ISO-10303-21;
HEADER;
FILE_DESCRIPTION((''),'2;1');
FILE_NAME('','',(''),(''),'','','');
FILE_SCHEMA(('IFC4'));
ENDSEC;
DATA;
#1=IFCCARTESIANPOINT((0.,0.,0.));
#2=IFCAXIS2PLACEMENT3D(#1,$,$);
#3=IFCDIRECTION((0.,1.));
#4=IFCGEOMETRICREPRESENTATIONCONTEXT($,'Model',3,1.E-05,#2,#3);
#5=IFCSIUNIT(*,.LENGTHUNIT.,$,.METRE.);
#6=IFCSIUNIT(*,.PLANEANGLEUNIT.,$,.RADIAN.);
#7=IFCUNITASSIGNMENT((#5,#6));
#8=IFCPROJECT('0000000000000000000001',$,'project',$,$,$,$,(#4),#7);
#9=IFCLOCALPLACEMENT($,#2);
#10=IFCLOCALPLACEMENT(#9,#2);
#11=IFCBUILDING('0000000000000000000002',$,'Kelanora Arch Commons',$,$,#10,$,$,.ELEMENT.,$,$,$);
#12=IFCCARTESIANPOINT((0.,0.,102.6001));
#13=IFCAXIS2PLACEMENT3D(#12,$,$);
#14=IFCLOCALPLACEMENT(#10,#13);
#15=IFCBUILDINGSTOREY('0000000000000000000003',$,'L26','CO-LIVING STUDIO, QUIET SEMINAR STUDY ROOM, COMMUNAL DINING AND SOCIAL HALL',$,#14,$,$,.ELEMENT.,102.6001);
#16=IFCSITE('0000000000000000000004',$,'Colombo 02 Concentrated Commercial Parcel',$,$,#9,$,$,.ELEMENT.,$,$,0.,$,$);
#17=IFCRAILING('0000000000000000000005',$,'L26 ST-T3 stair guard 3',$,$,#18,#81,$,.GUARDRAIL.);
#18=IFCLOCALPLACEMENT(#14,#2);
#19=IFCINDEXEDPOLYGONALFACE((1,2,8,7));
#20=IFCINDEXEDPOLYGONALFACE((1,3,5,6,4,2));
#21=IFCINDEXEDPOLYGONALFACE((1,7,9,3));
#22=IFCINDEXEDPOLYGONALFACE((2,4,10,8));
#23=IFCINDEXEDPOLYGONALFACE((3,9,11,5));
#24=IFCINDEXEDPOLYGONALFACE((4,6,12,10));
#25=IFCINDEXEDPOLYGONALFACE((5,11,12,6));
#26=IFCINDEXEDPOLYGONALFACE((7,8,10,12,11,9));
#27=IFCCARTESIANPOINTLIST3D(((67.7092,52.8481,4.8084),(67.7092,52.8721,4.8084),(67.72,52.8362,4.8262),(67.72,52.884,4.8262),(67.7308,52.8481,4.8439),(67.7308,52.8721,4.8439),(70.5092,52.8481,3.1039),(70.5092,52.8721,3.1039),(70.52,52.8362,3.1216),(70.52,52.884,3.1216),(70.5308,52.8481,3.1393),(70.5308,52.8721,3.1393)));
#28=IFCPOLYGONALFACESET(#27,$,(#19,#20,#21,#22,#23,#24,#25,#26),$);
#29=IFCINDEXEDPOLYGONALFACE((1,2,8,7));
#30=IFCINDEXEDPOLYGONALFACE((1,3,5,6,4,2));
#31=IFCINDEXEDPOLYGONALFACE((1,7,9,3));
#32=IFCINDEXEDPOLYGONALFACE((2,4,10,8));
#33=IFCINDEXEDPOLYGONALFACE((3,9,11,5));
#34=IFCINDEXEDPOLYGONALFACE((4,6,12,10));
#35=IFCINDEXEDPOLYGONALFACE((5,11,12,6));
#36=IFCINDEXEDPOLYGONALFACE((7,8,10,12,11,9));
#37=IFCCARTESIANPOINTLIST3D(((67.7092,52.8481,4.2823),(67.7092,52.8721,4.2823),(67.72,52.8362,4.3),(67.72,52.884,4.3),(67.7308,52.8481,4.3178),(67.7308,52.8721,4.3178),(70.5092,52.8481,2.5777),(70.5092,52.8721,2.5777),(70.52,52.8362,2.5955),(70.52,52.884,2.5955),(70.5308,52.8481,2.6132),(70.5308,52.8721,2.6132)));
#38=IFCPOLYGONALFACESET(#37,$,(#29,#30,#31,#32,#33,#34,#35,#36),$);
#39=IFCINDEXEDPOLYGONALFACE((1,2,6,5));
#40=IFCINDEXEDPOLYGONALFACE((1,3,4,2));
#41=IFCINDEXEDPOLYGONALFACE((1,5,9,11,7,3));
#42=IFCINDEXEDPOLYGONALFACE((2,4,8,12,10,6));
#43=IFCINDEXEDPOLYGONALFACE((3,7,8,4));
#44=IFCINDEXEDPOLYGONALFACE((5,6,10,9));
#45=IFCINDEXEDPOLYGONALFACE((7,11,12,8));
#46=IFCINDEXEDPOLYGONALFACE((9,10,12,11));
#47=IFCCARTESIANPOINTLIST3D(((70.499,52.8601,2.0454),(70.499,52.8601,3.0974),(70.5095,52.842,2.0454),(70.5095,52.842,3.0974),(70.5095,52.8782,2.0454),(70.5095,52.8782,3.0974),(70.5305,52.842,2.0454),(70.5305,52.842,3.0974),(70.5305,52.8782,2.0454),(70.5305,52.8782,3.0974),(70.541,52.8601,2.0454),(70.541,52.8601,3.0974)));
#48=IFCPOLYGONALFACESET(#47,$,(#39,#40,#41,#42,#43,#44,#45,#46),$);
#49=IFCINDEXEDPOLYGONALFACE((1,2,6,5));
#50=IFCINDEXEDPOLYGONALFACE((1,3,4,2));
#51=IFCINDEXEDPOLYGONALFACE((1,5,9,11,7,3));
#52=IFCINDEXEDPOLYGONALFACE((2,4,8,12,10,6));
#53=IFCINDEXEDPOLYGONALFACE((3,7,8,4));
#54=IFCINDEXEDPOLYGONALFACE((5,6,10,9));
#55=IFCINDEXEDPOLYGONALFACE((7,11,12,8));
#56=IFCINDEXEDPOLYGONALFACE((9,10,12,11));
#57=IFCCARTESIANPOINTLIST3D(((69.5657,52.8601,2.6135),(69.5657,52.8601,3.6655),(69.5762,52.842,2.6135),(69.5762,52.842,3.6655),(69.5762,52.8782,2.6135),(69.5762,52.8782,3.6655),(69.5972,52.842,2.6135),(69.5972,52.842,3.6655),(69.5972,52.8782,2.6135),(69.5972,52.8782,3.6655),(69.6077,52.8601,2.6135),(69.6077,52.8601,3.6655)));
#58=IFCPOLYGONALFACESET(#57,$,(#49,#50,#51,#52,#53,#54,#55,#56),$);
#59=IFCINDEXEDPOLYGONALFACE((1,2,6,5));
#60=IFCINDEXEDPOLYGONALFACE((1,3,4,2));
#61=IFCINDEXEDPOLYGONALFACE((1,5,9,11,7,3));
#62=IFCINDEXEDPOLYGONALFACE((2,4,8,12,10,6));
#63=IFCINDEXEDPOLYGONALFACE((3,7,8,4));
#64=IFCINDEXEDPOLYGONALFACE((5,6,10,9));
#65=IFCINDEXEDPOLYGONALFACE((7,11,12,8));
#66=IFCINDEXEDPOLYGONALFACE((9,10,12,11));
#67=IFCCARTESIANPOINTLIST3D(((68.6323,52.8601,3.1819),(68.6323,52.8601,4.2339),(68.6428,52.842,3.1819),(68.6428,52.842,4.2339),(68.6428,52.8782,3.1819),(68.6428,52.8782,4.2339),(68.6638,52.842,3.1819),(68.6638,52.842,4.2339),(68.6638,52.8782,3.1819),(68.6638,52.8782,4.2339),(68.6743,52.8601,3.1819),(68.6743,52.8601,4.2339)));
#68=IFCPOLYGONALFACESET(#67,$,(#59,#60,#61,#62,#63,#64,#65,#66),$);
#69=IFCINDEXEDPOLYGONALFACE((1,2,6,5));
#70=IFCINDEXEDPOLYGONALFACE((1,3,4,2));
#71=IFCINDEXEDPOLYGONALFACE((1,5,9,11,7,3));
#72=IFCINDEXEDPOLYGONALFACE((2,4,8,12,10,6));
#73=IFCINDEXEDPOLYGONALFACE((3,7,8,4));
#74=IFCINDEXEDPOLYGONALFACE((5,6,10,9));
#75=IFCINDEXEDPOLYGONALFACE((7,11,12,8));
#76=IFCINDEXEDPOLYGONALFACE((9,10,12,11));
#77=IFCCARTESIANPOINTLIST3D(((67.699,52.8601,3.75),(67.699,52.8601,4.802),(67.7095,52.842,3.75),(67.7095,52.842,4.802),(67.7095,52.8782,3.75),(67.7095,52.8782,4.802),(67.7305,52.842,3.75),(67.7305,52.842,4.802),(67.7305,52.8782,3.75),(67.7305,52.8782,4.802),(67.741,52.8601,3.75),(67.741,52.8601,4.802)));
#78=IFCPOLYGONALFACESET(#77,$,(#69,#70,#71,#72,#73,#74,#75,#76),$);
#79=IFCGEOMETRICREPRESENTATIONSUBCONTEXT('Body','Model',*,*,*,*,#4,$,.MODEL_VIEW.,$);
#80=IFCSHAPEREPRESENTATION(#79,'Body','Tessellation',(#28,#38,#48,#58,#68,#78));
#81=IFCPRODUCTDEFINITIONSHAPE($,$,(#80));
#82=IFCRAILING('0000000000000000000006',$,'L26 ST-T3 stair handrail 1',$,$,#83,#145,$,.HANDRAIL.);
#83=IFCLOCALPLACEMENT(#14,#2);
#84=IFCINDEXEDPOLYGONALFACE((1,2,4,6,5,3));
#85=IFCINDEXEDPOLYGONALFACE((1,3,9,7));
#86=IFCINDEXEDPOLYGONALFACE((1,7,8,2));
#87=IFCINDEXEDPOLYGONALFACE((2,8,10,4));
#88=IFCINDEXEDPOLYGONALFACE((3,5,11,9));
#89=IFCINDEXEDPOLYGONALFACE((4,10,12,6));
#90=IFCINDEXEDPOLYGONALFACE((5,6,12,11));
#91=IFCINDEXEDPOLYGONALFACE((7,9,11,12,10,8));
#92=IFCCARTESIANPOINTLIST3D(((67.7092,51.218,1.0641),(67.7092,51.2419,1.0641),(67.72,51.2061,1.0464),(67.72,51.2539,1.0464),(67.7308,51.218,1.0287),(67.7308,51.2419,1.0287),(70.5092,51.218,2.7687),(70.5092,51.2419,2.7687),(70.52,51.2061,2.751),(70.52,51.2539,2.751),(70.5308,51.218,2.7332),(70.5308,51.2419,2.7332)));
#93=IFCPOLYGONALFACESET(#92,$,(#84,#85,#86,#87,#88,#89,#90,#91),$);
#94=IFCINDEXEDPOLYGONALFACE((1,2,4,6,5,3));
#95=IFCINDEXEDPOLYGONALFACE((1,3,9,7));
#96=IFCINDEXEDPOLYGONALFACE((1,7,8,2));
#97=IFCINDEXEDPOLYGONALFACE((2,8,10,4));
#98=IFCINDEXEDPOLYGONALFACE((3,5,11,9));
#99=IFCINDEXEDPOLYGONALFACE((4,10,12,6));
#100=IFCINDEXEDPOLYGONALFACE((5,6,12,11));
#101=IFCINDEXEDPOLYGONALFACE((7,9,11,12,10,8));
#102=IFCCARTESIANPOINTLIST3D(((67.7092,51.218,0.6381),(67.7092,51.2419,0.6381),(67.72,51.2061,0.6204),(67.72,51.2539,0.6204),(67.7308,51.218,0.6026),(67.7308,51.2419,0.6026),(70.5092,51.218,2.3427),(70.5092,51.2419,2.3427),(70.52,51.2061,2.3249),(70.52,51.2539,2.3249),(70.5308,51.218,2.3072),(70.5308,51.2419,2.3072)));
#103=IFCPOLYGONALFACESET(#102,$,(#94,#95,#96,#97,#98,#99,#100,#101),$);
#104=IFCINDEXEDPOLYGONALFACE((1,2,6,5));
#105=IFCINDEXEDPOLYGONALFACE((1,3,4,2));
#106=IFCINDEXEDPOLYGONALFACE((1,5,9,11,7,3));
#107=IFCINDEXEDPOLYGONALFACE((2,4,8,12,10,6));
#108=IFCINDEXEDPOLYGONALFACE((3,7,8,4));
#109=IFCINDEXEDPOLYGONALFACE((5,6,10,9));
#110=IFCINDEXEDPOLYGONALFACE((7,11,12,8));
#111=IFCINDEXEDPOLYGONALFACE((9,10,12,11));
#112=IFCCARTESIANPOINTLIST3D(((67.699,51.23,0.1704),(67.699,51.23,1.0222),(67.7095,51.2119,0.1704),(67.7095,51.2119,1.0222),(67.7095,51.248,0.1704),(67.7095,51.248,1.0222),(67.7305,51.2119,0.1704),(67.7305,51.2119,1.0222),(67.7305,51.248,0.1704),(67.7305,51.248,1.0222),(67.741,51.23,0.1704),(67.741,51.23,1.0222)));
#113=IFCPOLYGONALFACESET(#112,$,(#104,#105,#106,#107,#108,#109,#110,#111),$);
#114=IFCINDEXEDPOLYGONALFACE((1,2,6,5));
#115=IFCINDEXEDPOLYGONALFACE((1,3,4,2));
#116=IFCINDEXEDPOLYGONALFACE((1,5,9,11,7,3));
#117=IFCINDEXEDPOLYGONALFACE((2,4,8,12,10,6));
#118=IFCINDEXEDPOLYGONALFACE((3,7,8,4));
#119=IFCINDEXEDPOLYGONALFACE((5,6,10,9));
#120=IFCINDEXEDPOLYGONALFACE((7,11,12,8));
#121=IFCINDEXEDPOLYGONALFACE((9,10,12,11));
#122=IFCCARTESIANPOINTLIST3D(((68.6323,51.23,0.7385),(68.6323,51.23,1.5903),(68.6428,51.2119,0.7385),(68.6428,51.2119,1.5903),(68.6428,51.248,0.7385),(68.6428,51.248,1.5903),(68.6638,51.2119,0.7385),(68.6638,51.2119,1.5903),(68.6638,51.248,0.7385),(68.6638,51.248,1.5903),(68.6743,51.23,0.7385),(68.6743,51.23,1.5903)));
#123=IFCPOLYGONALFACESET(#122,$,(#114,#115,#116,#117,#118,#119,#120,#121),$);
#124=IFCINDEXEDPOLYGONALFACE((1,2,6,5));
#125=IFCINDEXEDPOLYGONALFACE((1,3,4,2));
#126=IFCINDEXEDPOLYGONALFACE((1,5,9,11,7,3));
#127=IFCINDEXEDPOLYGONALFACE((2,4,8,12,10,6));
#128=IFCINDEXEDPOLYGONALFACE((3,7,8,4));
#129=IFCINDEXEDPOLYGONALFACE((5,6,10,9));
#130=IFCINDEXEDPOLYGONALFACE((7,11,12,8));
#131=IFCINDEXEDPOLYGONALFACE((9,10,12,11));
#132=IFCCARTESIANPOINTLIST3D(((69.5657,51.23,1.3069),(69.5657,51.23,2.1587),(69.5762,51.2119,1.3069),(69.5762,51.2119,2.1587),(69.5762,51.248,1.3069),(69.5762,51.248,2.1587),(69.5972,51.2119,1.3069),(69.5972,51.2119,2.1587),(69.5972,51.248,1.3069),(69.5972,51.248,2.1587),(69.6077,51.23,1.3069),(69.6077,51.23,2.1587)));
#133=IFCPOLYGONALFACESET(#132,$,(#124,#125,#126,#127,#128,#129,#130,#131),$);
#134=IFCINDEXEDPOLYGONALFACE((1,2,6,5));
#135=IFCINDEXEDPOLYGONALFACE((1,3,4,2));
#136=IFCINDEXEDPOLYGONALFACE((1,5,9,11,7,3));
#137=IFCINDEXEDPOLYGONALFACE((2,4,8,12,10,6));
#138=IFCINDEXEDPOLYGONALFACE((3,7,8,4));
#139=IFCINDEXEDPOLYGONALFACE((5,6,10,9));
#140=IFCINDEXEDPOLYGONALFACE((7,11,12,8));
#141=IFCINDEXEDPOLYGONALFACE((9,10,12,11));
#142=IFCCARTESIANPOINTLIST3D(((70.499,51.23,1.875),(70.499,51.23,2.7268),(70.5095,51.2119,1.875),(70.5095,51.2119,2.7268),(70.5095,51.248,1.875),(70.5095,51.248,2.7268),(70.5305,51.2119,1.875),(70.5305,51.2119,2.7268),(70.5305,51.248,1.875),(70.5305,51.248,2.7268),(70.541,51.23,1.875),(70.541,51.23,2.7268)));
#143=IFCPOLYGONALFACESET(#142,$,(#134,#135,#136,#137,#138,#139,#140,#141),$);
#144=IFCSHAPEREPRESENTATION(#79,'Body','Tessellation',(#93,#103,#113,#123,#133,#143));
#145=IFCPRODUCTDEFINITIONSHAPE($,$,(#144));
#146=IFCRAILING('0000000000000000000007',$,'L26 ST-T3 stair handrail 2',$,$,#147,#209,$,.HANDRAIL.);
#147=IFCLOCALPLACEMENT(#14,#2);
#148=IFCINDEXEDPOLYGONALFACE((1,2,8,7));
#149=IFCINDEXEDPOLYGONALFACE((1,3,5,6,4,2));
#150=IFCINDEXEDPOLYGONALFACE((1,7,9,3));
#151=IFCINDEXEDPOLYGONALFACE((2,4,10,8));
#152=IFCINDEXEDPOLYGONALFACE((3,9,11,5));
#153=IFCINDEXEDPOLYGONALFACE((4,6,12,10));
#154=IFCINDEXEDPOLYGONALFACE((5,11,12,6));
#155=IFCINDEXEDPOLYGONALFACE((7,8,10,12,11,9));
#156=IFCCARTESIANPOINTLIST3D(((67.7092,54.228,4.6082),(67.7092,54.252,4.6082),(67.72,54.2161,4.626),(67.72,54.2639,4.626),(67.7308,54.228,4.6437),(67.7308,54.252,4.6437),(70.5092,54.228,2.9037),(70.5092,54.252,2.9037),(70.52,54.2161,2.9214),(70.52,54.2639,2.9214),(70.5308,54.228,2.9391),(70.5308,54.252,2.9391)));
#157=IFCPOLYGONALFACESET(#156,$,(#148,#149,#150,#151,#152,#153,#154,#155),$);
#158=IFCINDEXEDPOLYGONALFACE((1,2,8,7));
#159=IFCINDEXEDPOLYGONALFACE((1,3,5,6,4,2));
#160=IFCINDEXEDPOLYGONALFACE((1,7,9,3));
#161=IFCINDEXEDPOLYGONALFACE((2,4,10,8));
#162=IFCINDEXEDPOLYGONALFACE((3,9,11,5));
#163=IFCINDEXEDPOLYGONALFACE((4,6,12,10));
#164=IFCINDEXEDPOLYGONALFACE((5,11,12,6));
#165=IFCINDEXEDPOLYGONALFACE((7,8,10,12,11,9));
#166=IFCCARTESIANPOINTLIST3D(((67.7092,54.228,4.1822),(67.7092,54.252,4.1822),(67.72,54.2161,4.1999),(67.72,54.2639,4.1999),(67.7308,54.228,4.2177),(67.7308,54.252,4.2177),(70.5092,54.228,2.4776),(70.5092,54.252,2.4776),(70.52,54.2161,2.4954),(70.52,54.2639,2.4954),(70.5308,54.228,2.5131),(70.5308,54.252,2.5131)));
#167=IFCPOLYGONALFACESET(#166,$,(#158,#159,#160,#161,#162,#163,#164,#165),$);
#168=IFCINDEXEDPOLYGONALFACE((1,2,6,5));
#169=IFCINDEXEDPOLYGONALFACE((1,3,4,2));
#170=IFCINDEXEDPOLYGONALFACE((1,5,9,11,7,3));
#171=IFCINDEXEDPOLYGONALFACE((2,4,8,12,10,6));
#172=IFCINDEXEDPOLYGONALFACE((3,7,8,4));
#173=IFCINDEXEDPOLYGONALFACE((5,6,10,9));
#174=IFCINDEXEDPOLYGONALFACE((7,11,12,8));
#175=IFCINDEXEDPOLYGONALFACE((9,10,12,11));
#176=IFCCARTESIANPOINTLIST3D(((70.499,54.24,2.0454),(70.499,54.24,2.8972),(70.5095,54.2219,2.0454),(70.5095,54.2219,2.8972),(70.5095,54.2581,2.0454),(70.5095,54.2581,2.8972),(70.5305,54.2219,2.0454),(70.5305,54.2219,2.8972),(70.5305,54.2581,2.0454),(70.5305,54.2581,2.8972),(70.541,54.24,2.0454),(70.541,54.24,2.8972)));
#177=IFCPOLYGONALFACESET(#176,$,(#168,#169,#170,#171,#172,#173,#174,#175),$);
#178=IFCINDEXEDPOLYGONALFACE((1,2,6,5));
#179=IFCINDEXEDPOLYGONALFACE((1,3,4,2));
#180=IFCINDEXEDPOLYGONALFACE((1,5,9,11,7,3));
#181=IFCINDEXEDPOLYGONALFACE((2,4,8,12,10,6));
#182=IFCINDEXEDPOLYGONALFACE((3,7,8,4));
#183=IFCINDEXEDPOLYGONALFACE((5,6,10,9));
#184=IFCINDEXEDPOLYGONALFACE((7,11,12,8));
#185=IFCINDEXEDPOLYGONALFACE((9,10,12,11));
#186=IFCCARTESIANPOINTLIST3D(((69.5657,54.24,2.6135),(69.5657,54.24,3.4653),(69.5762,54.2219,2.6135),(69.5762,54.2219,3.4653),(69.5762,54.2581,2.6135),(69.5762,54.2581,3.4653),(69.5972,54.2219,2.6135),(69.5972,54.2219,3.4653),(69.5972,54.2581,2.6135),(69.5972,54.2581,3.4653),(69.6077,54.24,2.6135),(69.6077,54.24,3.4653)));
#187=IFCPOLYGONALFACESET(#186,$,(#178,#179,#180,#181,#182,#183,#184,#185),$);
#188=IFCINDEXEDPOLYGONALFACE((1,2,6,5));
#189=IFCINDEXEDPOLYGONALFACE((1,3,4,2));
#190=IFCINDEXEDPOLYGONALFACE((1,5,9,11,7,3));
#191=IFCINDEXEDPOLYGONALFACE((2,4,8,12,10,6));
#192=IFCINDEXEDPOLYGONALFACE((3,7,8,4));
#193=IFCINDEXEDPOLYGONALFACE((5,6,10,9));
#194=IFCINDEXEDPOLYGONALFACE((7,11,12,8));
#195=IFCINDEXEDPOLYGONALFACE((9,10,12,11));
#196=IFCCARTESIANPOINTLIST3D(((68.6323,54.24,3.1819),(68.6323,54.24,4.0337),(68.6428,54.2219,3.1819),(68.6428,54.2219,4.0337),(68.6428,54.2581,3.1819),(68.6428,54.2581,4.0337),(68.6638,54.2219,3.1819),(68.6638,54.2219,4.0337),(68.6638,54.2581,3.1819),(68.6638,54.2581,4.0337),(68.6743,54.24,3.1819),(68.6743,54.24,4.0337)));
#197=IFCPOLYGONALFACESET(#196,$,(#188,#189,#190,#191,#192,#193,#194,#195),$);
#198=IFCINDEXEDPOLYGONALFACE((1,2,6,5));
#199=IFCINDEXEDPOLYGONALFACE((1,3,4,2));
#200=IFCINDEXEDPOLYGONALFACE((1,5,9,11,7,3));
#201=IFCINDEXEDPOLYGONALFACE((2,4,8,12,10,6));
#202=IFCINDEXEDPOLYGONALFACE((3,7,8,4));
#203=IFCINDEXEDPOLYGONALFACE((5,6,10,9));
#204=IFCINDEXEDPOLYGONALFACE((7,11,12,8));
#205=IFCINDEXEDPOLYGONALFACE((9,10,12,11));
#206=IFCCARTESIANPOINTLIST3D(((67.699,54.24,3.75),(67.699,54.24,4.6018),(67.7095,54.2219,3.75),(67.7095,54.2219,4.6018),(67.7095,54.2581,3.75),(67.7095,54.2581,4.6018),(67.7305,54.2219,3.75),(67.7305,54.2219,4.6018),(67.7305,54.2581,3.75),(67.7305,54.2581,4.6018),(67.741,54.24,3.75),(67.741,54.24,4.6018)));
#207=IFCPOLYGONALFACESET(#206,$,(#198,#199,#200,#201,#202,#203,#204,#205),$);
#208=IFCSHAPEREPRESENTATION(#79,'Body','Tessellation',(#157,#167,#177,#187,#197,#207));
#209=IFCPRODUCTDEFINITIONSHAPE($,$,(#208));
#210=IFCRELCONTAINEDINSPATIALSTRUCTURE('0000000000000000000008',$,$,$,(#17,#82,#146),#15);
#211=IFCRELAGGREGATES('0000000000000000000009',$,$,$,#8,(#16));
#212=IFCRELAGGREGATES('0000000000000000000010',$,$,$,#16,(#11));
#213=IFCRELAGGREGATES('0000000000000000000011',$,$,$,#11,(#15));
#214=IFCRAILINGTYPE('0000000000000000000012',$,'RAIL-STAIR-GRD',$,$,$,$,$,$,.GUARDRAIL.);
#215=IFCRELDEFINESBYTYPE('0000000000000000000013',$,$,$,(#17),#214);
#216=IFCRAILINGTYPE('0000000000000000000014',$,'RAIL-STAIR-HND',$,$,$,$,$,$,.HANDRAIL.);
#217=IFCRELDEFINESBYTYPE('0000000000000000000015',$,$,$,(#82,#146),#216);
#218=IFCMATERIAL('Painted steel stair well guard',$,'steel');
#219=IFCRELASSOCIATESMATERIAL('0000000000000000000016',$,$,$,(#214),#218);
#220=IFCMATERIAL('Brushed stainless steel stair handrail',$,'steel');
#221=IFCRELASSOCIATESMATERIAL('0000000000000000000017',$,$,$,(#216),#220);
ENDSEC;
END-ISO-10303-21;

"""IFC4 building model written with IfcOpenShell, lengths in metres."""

from ifc_helpers import new_model, si_unit, direction, frame, origin, place, context, subcontext, project, spatial, polyline, outline, extrude, material, type_object, element, save


model = new_model("IFC4")

# Units and contexts
model_context = context("Model", 3, precision=1e-05, world=origin(), true_north=direction((0.0, 1.0)))
body_context = subcontext(model_context, "Body", "Model", "MODEL_VIEW")
ifc_project = project(units=[si_unit("LENGTHUNIT", "METRE"), si_unit("PLANEANGLEUNIT", "RADIAN")], contexts=[model_context])

# Site, building, storey
site_placement = place(None, origin())
site = spatial("IfcSite", under=ifc_project, at=site_placement, Name="Colombo 02 Concentrated Commercial Parcel", CompositionType="ELEMENT", RefElevation=0.0)
building_placement = place(site_placement, origin())
building = spatial("IfcBuilding", under=site, at=building_placement, Name="Kelanora Arch Commons", CompositionType="ELEMENT")
storey_placement = place(building_placement, frame((0.0, 0.0, 102.6001)))
storey = spatial("IfcBuildingStorey", under=building, at=storey_placement, Name="L26", Description="CO-LIVING STUDIO, QUIET SEMINAR STUDY ROOM, COMMUNAL DINING AND SOCIAL HALL", CompositionType="ELEMENT", Elevation=102.6001)

# Railings
ifc_material_1 = material(Name="Painted steel stair well guard", Category="steel")
railing_type_1 = type_object("IfcRailingType", Name="RAIL-STAIR-GRD", PredefinedType="GUARDRAIL", material=ifc_material_1)
railing_1_placement = place(storey_placement, frame((70.52, 52.8601, 2.0454)))
element("IfcRailing", 1, at=railing_1_placement, inside=storey, type_object=railing_type_1, Name="L26 ST-T3 stair guard 3", PredefinedType="GUARDRAIL", context=body_context, shape_type="SweptSolid", body=[
    extrude(outline(polyline([(0.0239, 0.0), (0.012, 0.0208), (-0.012, 0.0208), (-0.0239, 0.0), (-0.012, -0.0208), (0.012, -0.0208), (0.0239, 0.0)])), frame((0.0, 0.0, 1.0762), z_axis=(-0.85417, 0.0, 0.519994), x_axis=(0.0, -1.0, 0.0)), (0.0, 0.0, 1.0), 3.2781),
    extrude(outline(polyline([(0.0239, 0.0), (0.012, 0.0208), (-0.012, 0.0208), (-0.0239, 0.0), (-0.012, -0.0208), (0.012, -0.0208), (0.0239, 0.0)])), frame((0.0, 0.0, 0.55), z_axis=(-0.85417, 0.0, 0.519994), x_axis=(0.0, -1.0, 0.0)), (0.0, 0.0, 1.0), 3.2781),
    extrude(outline(polyline([(0.021, 0.0), (0.0105, 0.0181), (-0.0105, 0.0181), (-0.021, 0.0), (-0.0105, -0.0181), (0.0105, -0.0181), (0.021, 0.0)])), origin(), (0.0, 0.0, 1.0), 1.052),
    extrude(outline(polyline([(0.021, 0.0), (0.0105, 0.0181), (-0.0105, 0.0181), (-0.021, 0.0), (-0.0105, -0.0181), (0.0105, -0.0181), (0.021, 0.0)])), frame((-0.9333, 0.0, 0.5681)), (0.0, 0.0, 1.0), 1.052),
    extrude(outline(polyline([(0.021, 0.0), (0.0105, 0.0181), (-0.0105, 0.0181), (-0.021, 0.0), (-0.0105, -0.0181), (0.0105, -0.0181), (0.021, 0.0)])), frame((-1.8667, 0.0, 1.1365)), (0.0, 0.0, 1.0), 1.052),
    extrude(outline(polyline([(0.021, 0.0), (0.0105, 0.0181), (-0.0105, 0.0181), (-0.021, 0.0), (-0.0105, -0.0181), (0.0105, -0.0181), (0.021, 0.0)])), frame((-2.8, 0.0, 1.7046)), (0.0, 0.0, 1.0), 1.052),
])
ifc_material_2 = material(Name="Brushed stainless steel stair handrail", Category="steel")
railing_type_2 = type_object("IfcRailingType", Name="RAIL-STAIR-HND", PredefinedType="HANDRAIL", material=ifc_material_2)
railing_2_placement = place(storey_placement, frame((67.72, 51.23, 0.1704)))
element("IfcRailing", 2, at=railing_2_placement, inside=storey, type_object=railing_type_2, Name="L26 ST-T3 stair handrail 1", PredefinedType="HANDRAIL", context=body_context, shape_type="SweptSolid", body=[
    extrude(outline(polyline([(0.0239, 0.0), (0.012, 0.0208), (-0.012, 0.0208), (-0.0239, 0.0), (-0.012, -0.0208), (0.012, -0.0208), (0.0239, 0.0)])), frame((0.0, 0.0, 0.876), z_axis=(0.85417, 0.0, 0.519994), x_axis=(0.0, 1.0, 0.0)), (0.0, 0.0, 1.0), 3.2781),
    extrude(outline(polyline([(0.0239, 0.0), (0.012, 0.0208), (-0.012, 0.0208), (-0.0239, 0.0), (-0.012, -0.0208), (0.012, -0.0208), (0.0239, 0.0)])), frame((0.0, 0.0, 0.45), z_axis=(0.85417, 0.0, 0.519994), x_axis=(0.0, 1.0, 0.0)), (0.0, 0.0, 1.0), 3.2781),
    extrude(outline(polyline([(0.021, 0.0), (0.0105, 0.0181), (-0.0105, 0.0181), (-0.021, 0.0), (-0.0105, -0.0181), (0.0105, -0.0181), (0.021, 0.0)])), origin(), (0.0, 0.0, 1.0), 0.8518),
    extrude(outline(polyline([(0.021, 0.0), (0.0105, 0.0181), (-0.0105, 0.0181), (-0.021, 0.0), (-0.0105, -0.0181), (0.0105, -0.0181), (0.021, 0.0)])), frame((0.9333, 0.0, 0.5681)), (0.0, 0.0, 1.0), 0.8518),
    extrude(outline(polyline([(0.021, 0.0), (0.0105, 0.0181), (-0.0105, 0.0181), (-0.021, 0.0), (-0.0105, -0.0181), (0.0105, -0.0181), (0.021, 0.0)])), frame((1.8667, 0.0, 1.1365)), (0.0, 0.0, 1.0), 0.8518),
    extrude(outline(polyline([(0.021, 0.0), (0.0105, 0.0181), (-0.0105, 0.0181), (-0.021, 0.0), (-0.0105, -0.0181), (0.0105, -0.0181), (0.021, 0.0)])), frame((2.8, 0.0, 1.7046)), (0.0, 0.0, 1.0), 0.8518),
])
railing_3_placement = place(storey_placement, frame((70.52, 54.24, 2.0454)))
element("IfcRailing", 3, at=railing_3_placement, inside=storey, type_object=railing_type_2, Name="L26 ST-T3 stair handrail 2", PredefinedType="HANDRAIL", context=body_context, shape_type="SweptSolid", body=[
    extrude(outline(polyline([(0.0239, 0.0), (0.012, 0.0208), (-0.012, 0.0208), (-0.0239, 0.0), (-0.012, -0.0208), (0.012, -0.0208), (0.0239, 0.0)])), frame((0.0, 0.0, 0.876), z_axis=(-0.85417, 0.0, 0.519994), x_axis=(0.0, -1.0, 0.0)), (0.0, 0.0, 1.0), 3.2781),
    extrude(outline(polyline([(0.0239, 0.0), (0.012, 0.0208), (-0.012, 0.0208), (-0.0239, 0.0), (-0.012, -0.0208), (0.012, -0.0208), (0.0239, 0.0)])), frame((0.0, 0.0, 0.45), z_axis=(-0.85417, 0.0, 0.519994), x_axis=(0.0, -1.0, 0.0)), (0.0, 0.0, 1.0), 3.2781),
    extrude(outline(polyline([(0.021, 0.0), (0.0105, 0.0181), (-0.0105, 0.0181), (-0.021, 0.0), (-0.0105, -0.0181), (0.0105, -0.0181), (0.021, 0.0)])), origin(), (0.0, 0.0, 1.0), 0.8518),
    extrude(outline(polyline([(0.021, 0.0), (0.0105, 0.0181), (-0.0105, 0.0181), (-0.021, 0.0), (-0.0105, -0.0181), (0.0105, -0.0181), (0.021, 0.0)])), frame((-0.9333, 0.0, 0.5681)), (0.0, 0.0, 1.0), 0.8518),
    extrude(outline(polyline([(0.021, 0.0), (0.0105, 0.0181), (-0.0105, 0.0181), (-0.021, 0.0), (-0.0105, -0.0181), (0.0105, -0.0181), (0.021, 0.0)])), frame((-1.8667, 0.0, 1.1365)), (0.0, 0.0, 1.0), 0.8518),
    extrude(outline(polyline([(0.021, 0.0), (0.0105, 0.0181), (-0.0105, 0.0181), (-0.021, 0.0), (-0.0105, -0.0181), (0.0105, -0.0181), (0.021, 0.0)])), frame((-2.8, 0.0, 1.7046)), (0.0, 0.0, 1.0), 0.8518),
])

save(model, "model.ifc")
